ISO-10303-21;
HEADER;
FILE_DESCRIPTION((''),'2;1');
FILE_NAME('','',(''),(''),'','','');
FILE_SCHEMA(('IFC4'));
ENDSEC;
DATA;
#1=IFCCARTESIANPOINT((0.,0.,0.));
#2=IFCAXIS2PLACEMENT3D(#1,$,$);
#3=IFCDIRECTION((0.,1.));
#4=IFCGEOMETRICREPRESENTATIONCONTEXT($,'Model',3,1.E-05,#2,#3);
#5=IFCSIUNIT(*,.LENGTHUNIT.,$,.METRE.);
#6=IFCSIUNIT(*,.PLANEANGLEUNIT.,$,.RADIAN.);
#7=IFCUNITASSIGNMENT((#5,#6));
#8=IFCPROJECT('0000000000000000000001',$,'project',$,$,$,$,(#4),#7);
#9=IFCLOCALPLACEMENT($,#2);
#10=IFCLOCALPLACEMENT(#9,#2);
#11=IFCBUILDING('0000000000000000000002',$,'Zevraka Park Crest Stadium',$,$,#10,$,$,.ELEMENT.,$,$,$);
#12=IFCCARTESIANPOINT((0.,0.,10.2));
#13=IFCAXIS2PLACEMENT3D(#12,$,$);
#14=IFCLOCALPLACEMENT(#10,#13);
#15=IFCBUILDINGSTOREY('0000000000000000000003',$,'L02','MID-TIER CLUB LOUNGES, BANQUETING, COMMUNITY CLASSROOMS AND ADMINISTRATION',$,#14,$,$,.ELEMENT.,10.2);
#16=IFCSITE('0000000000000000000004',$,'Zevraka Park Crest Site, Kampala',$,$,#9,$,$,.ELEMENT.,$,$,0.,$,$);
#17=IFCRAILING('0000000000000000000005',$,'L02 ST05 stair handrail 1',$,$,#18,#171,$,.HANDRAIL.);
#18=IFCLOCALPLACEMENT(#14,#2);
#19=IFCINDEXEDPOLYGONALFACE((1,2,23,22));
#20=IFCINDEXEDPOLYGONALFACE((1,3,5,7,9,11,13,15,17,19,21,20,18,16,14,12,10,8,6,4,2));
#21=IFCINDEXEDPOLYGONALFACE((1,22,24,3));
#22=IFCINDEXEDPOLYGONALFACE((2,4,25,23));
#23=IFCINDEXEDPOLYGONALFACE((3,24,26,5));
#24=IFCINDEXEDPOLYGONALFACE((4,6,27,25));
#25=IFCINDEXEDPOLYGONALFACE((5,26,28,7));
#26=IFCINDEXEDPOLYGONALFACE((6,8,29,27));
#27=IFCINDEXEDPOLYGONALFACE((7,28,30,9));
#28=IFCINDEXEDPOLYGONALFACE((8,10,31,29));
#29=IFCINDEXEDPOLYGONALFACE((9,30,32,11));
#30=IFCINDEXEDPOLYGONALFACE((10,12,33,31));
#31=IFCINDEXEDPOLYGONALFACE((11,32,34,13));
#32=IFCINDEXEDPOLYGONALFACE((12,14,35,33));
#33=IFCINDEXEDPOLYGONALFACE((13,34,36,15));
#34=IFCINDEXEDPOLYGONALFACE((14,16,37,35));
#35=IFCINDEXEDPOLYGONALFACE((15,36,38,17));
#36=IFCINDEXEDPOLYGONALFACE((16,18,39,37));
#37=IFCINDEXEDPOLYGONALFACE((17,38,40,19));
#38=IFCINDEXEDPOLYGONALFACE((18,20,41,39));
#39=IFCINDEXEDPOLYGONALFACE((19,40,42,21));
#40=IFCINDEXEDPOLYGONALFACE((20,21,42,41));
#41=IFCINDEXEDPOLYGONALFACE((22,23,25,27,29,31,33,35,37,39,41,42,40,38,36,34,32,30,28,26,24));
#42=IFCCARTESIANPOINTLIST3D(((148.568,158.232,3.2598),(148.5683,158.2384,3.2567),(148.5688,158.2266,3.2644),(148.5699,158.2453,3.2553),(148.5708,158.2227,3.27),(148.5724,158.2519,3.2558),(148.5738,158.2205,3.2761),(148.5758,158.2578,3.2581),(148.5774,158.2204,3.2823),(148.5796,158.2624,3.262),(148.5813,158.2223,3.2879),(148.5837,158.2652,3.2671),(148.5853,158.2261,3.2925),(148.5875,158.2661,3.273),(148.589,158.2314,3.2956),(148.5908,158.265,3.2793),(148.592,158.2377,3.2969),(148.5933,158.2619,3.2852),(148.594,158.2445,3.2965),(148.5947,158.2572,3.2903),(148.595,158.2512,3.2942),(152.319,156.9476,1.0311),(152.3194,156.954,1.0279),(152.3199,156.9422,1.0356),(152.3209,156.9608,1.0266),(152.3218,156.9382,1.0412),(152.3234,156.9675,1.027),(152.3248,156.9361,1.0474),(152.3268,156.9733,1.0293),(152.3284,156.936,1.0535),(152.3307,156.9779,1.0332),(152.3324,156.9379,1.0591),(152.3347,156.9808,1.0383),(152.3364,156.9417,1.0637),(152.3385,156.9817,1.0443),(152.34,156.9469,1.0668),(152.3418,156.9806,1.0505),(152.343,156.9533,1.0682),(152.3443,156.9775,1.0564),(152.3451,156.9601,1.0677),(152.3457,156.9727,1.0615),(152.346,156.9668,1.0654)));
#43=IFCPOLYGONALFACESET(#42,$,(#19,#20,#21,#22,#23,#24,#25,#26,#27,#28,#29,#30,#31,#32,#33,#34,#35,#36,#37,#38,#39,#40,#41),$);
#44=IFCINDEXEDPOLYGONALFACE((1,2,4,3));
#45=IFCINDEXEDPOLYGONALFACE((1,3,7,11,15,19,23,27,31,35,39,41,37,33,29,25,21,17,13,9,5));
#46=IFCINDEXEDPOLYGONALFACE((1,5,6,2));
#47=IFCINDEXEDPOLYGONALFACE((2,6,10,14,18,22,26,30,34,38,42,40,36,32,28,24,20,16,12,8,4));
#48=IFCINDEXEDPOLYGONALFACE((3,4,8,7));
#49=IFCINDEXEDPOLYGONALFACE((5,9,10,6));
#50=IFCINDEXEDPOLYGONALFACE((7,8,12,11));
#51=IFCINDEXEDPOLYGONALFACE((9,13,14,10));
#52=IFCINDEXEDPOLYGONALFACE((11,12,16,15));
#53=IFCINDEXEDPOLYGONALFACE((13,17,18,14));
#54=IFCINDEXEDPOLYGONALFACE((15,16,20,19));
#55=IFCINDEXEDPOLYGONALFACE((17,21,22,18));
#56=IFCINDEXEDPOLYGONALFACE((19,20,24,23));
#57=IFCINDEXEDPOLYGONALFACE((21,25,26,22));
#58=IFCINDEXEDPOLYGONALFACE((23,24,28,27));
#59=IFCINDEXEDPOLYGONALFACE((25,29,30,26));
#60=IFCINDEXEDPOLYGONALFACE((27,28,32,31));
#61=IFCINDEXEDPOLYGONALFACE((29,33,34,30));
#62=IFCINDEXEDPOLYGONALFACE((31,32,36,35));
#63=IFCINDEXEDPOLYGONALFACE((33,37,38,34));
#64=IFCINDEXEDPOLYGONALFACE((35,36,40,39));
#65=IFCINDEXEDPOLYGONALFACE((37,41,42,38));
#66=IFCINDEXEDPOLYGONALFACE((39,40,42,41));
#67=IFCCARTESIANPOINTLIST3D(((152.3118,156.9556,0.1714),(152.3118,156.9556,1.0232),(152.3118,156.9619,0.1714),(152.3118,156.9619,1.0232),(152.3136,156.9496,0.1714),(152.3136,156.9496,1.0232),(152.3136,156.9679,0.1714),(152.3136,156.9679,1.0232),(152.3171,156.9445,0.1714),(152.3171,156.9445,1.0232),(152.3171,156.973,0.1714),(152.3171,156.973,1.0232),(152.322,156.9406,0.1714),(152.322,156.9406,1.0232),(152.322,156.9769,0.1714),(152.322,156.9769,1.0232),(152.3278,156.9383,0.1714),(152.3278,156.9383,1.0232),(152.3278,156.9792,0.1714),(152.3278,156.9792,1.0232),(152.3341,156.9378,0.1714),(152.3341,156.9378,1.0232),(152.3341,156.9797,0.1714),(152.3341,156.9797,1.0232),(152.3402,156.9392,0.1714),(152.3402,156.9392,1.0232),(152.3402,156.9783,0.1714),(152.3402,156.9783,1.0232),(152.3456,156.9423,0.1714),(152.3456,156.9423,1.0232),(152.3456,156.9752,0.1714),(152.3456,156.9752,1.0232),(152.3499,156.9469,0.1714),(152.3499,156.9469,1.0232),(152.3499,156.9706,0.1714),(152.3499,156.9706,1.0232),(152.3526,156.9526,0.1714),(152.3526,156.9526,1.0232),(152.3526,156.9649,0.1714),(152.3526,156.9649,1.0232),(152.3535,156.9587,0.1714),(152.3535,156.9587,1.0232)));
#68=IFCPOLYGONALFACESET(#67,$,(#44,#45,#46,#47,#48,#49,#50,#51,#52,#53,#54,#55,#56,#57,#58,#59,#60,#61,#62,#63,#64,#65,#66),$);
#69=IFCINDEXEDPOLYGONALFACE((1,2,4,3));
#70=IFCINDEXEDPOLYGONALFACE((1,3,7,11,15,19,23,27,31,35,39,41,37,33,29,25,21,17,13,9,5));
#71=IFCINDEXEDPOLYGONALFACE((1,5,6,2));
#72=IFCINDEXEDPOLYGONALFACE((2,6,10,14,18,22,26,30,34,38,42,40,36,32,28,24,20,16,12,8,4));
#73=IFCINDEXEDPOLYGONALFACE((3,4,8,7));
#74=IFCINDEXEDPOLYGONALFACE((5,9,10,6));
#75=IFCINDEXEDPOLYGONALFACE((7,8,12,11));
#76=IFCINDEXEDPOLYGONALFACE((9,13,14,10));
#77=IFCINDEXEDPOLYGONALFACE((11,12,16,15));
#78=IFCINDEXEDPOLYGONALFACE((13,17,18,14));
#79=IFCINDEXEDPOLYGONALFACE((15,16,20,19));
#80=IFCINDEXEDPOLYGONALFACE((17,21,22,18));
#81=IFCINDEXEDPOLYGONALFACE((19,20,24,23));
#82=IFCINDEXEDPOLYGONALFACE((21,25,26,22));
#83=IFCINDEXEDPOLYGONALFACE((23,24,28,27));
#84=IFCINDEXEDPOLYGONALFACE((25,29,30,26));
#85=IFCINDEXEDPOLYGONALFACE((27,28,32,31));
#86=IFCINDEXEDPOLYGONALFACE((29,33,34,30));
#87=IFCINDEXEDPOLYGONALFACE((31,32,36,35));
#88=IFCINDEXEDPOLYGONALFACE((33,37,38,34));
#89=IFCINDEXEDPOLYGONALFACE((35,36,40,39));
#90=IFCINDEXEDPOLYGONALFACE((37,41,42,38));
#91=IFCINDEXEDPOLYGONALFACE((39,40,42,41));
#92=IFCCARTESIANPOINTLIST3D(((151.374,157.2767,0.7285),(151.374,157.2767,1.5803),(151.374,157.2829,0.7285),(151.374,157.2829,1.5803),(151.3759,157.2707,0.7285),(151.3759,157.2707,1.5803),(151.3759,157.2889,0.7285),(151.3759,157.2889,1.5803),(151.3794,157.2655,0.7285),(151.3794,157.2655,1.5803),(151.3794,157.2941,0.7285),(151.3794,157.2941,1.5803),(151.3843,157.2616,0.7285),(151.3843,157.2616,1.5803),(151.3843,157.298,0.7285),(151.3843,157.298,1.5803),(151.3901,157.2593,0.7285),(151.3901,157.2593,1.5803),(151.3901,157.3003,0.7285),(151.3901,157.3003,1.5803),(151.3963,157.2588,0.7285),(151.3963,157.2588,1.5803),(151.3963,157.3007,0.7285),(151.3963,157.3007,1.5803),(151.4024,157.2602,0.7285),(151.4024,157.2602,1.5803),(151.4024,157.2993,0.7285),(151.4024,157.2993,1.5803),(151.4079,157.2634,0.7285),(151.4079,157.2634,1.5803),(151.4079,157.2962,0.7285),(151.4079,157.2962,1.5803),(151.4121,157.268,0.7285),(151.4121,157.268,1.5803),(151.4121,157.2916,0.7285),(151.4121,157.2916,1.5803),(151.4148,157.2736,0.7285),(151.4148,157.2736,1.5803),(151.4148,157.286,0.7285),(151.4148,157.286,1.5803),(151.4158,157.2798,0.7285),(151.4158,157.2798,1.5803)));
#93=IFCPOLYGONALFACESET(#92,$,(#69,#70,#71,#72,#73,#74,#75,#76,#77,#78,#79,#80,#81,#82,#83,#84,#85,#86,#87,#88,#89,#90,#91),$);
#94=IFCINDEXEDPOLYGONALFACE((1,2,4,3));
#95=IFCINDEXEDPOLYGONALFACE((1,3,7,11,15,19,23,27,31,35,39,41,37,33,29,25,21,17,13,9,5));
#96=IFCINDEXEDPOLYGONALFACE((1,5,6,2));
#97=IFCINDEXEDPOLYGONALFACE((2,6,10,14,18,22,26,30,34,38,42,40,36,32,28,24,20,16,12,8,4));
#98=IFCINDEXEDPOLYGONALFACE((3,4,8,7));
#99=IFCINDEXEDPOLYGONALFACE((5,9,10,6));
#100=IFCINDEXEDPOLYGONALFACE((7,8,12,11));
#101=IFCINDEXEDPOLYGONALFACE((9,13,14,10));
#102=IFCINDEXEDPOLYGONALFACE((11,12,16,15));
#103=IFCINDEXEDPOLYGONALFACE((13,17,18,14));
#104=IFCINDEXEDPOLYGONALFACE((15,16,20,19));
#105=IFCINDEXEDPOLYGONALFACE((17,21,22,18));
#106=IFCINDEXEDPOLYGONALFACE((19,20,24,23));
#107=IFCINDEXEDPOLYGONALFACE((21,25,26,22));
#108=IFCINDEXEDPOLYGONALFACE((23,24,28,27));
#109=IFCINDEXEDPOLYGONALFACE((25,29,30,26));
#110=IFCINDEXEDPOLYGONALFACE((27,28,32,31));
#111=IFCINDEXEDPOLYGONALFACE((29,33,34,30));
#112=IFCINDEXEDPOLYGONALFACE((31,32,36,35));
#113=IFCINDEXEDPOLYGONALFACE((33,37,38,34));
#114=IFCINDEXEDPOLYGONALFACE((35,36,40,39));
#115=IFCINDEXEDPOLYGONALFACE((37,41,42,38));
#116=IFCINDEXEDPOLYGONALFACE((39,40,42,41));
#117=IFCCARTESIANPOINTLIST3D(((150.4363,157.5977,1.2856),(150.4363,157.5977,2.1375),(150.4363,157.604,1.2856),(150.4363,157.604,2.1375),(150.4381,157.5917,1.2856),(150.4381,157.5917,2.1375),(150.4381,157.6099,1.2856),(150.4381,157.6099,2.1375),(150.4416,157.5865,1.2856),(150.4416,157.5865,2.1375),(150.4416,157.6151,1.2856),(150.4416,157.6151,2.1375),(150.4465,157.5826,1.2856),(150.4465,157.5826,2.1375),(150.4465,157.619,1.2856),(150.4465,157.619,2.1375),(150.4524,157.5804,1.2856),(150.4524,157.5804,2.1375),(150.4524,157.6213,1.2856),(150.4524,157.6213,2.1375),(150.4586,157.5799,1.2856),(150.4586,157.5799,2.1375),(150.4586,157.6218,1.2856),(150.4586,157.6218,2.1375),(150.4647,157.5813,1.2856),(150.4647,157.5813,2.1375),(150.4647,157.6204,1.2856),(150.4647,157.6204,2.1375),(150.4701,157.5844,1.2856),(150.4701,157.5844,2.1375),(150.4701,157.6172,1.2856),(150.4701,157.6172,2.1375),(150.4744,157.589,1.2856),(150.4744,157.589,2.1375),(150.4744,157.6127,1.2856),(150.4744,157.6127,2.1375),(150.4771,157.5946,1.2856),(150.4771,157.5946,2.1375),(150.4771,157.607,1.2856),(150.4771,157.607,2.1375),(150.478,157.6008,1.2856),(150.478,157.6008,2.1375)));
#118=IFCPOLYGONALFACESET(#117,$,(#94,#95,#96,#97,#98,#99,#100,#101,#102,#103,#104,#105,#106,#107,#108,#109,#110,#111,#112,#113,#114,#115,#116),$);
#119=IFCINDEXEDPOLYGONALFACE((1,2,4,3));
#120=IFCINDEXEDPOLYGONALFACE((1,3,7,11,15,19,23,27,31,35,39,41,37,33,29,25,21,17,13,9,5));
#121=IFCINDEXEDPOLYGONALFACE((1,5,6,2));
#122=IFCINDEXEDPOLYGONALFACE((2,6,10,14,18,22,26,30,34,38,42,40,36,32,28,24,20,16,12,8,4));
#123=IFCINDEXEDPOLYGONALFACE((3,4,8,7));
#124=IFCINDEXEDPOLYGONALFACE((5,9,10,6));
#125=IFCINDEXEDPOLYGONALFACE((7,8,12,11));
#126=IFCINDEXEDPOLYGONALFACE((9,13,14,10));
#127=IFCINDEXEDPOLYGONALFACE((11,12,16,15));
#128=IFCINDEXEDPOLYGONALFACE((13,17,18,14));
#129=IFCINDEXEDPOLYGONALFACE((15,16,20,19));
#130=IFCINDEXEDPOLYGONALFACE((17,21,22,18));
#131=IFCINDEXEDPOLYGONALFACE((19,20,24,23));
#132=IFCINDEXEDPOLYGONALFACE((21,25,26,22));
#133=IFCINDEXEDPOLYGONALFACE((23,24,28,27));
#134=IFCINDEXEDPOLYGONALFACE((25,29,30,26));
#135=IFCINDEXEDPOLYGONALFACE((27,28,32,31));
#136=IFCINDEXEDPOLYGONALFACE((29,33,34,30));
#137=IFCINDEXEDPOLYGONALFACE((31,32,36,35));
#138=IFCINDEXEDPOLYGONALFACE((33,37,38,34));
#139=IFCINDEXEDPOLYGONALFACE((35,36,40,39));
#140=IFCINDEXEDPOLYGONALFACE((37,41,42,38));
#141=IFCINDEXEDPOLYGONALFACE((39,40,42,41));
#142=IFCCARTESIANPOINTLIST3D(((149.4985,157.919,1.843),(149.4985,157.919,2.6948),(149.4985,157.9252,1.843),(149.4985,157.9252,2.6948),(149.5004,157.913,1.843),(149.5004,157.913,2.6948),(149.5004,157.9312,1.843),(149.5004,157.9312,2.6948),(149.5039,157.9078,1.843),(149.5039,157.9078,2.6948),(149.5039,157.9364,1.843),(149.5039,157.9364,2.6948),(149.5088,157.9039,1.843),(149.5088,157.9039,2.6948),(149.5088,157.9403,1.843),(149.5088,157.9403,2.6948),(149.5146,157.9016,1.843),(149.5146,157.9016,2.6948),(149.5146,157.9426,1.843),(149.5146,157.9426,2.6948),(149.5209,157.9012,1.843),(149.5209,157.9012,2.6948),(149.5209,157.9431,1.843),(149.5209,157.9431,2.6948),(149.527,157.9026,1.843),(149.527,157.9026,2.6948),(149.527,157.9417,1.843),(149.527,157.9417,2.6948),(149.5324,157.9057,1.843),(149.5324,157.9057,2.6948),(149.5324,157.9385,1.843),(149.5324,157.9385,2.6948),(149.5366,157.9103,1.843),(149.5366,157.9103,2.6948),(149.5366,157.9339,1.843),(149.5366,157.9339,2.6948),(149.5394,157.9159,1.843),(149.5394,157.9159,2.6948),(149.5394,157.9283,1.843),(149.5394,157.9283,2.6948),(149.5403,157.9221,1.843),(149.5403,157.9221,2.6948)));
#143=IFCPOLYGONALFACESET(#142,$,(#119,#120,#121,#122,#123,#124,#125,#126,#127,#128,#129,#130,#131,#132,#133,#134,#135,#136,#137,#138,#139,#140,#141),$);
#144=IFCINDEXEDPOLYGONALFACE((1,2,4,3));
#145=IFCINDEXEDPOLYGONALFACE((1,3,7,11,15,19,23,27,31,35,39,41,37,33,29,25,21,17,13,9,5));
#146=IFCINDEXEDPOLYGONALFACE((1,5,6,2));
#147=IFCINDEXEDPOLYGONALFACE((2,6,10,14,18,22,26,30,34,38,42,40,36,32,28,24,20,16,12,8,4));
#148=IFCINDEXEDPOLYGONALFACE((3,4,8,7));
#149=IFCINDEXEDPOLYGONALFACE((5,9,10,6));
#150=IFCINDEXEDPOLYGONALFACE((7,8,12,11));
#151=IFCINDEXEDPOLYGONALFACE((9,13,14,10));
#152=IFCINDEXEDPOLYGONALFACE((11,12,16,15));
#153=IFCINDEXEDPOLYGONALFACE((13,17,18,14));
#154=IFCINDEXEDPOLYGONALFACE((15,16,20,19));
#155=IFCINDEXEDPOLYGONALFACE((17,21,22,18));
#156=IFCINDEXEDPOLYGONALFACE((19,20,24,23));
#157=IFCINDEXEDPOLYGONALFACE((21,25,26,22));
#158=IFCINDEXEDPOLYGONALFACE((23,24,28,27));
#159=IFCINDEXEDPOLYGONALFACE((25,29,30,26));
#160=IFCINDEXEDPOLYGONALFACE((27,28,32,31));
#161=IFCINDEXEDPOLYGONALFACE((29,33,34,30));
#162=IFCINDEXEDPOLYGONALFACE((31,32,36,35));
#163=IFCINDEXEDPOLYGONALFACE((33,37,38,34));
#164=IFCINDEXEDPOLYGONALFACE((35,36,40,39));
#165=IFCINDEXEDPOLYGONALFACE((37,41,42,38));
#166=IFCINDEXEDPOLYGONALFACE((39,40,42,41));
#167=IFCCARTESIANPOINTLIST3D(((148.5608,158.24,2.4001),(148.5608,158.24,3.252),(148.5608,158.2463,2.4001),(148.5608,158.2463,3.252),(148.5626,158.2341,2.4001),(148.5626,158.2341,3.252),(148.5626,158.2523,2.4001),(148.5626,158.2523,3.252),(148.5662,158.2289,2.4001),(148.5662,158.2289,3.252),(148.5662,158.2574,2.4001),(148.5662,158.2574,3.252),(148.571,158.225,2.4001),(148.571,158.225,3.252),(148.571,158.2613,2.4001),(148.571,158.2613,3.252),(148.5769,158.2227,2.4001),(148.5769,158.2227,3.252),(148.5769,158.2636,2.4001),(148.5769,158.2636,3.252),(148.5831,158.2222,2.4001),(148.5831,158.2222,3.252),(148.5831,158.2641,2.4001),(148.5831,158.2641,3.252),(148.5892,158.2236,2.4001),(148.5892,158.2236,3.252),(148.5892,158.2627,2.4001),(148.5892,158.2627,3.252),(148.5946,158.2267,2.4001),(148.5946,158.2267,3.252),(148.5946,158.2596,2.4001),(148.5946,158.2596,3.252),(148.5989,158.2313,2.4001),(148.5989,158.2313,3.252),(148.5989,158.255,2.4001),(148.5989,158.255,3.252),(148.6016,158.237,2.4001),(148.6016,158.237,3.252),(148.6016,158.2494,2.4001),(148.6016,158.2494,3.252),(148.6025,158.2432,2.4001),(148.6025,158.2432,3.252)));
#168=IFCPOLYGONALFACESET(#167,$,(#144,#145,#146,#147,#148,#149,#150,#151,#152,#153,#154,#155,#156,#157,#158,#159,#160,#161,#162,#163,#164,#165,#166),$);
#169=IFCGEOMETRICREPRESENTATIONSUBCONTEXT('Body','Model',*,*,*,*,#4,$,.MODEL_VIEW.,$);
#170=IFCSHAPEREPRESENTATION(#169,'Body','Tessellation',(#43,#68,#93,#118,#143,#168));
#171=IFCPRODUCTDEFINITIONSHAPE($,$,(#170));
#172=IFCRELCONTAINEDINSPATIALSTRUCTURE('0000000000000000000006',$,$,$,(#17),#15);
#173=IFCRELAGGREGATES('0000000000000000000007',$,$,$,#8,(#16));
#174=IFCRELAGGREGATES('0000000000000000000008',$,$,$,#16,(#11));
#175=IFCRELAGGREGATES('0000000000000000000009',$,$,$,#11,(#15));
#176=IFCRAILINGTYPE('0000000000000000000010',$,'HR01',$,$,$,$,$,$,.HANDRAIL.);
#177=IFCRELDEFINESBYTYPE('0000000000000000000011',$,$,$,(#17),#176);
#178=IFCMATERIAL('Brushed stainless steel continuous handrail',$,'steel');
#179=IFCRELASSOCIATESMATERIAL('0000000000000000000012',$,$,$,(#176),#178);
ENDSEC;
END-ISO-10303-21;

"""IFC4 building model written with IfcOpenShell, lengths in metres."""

from ifc_helpers import new_model, si_unit, direction, frame, origin, origin_2d, place, context, subcontext, project, spatial, circle, extrude, material, type_object, element, save


model = new_model("IFC4")

# Units and contexts
model_context = context("Model", 3, precision=1e-05, world=origin(), true_north=direction((0.0, 1.0)))
body_context = subcontext(model_context, "Body", "Model", "MODEL_VIEW")
ifc_project = project(units=[si_unit("LENGTHUNIT", "METRE"), si_unit("PLANEANGLEUNIT", "RADIAN")], contexts=[model_context])

# Site, building, storey
site_placement = place(None, origin())
site = spatial("IfcSite", under=ifc_project, at=site_placement, Name="Zevraka Park Crest Site, Kampala", CompositionType="ELEMENT", RefElevation=0.0)
building_placement = place(site_placement, origin())
building = spatial("IfcBuilding", under=site, at=building_placement, Name="Zevraka Park Crest Stadium", CompositionType="ELEMENT")
storey_placement = place(building_placement, frame((0.0, 0.0, 10.2)))
storey = spatial("IfcBuildingStorey", under=building, at=storey_placement, Name="L02", Description="MID-TIER CLUB LOUNGES, BANQUETING, COMMUNITY CLASSROOMS AND ADMINISTRATION", CompositionType="ELEMENT", Elevation=10.2)

# Railing
ifc_material_1 = material(Name="Brushed stainless steel continuous handrail", Category="steel")
railing_type_1 = type_object("IfcRailingType", Name="HR01", PredefinedType="HANDRAIL", material=ifc_material_1)
railing_1_placement = place(storey_placement, frame((152.3325, 156.9587, 0.1714)))
element("IfcRailing", 1, at=railing_1_placement, inside=storey, type_object=railing_type_1, Name="L02 ST05 stair handrail 1", PredefinedType="HANDRAIL", context=body_context, shape_type="SweptSolid", body=[
    extrude(circle(Radius=0.0239, at=origin_2d()), frame((0.0, 0.0, 0.876), z_axis=(-0.8247, 0.282397, 0.490021), x_axis=(-0.323957, -0.946072, 0.0)), (0.0, 0.0, 1.0), 4.5483),
    extrude(circle(Radius=0.021, at=origin_2d()), origin(), (0.0, 0.0, 1.0), 0.8518),
    extrude(circle(Radius=0.021, at=origin_2d()), frame((-0.9377, 0.321, 0.5571)), (0.0, 0.0, 1.0), 0.8518),
    extrude(circle(Radius=0.021, at=origin_2d()), frame((-1.8755, 0.6421, 1.1143)), (0.0, 0.0, 1.0), 0.8518),
    extrude(circle(Radius=0.021, at=origin_2d()), frame((-2.8132, 0.9634, 1.6716)), (0.0, 0.0, 1.0), 0.8518),
    extrude(circle(Radius=0.021, at=origin_2d()), frame((-3.751, 1.2844, 2.2288)), (0.0, 0.0, 1.0), 0.8518),
])

save(model, "model.ifc")
